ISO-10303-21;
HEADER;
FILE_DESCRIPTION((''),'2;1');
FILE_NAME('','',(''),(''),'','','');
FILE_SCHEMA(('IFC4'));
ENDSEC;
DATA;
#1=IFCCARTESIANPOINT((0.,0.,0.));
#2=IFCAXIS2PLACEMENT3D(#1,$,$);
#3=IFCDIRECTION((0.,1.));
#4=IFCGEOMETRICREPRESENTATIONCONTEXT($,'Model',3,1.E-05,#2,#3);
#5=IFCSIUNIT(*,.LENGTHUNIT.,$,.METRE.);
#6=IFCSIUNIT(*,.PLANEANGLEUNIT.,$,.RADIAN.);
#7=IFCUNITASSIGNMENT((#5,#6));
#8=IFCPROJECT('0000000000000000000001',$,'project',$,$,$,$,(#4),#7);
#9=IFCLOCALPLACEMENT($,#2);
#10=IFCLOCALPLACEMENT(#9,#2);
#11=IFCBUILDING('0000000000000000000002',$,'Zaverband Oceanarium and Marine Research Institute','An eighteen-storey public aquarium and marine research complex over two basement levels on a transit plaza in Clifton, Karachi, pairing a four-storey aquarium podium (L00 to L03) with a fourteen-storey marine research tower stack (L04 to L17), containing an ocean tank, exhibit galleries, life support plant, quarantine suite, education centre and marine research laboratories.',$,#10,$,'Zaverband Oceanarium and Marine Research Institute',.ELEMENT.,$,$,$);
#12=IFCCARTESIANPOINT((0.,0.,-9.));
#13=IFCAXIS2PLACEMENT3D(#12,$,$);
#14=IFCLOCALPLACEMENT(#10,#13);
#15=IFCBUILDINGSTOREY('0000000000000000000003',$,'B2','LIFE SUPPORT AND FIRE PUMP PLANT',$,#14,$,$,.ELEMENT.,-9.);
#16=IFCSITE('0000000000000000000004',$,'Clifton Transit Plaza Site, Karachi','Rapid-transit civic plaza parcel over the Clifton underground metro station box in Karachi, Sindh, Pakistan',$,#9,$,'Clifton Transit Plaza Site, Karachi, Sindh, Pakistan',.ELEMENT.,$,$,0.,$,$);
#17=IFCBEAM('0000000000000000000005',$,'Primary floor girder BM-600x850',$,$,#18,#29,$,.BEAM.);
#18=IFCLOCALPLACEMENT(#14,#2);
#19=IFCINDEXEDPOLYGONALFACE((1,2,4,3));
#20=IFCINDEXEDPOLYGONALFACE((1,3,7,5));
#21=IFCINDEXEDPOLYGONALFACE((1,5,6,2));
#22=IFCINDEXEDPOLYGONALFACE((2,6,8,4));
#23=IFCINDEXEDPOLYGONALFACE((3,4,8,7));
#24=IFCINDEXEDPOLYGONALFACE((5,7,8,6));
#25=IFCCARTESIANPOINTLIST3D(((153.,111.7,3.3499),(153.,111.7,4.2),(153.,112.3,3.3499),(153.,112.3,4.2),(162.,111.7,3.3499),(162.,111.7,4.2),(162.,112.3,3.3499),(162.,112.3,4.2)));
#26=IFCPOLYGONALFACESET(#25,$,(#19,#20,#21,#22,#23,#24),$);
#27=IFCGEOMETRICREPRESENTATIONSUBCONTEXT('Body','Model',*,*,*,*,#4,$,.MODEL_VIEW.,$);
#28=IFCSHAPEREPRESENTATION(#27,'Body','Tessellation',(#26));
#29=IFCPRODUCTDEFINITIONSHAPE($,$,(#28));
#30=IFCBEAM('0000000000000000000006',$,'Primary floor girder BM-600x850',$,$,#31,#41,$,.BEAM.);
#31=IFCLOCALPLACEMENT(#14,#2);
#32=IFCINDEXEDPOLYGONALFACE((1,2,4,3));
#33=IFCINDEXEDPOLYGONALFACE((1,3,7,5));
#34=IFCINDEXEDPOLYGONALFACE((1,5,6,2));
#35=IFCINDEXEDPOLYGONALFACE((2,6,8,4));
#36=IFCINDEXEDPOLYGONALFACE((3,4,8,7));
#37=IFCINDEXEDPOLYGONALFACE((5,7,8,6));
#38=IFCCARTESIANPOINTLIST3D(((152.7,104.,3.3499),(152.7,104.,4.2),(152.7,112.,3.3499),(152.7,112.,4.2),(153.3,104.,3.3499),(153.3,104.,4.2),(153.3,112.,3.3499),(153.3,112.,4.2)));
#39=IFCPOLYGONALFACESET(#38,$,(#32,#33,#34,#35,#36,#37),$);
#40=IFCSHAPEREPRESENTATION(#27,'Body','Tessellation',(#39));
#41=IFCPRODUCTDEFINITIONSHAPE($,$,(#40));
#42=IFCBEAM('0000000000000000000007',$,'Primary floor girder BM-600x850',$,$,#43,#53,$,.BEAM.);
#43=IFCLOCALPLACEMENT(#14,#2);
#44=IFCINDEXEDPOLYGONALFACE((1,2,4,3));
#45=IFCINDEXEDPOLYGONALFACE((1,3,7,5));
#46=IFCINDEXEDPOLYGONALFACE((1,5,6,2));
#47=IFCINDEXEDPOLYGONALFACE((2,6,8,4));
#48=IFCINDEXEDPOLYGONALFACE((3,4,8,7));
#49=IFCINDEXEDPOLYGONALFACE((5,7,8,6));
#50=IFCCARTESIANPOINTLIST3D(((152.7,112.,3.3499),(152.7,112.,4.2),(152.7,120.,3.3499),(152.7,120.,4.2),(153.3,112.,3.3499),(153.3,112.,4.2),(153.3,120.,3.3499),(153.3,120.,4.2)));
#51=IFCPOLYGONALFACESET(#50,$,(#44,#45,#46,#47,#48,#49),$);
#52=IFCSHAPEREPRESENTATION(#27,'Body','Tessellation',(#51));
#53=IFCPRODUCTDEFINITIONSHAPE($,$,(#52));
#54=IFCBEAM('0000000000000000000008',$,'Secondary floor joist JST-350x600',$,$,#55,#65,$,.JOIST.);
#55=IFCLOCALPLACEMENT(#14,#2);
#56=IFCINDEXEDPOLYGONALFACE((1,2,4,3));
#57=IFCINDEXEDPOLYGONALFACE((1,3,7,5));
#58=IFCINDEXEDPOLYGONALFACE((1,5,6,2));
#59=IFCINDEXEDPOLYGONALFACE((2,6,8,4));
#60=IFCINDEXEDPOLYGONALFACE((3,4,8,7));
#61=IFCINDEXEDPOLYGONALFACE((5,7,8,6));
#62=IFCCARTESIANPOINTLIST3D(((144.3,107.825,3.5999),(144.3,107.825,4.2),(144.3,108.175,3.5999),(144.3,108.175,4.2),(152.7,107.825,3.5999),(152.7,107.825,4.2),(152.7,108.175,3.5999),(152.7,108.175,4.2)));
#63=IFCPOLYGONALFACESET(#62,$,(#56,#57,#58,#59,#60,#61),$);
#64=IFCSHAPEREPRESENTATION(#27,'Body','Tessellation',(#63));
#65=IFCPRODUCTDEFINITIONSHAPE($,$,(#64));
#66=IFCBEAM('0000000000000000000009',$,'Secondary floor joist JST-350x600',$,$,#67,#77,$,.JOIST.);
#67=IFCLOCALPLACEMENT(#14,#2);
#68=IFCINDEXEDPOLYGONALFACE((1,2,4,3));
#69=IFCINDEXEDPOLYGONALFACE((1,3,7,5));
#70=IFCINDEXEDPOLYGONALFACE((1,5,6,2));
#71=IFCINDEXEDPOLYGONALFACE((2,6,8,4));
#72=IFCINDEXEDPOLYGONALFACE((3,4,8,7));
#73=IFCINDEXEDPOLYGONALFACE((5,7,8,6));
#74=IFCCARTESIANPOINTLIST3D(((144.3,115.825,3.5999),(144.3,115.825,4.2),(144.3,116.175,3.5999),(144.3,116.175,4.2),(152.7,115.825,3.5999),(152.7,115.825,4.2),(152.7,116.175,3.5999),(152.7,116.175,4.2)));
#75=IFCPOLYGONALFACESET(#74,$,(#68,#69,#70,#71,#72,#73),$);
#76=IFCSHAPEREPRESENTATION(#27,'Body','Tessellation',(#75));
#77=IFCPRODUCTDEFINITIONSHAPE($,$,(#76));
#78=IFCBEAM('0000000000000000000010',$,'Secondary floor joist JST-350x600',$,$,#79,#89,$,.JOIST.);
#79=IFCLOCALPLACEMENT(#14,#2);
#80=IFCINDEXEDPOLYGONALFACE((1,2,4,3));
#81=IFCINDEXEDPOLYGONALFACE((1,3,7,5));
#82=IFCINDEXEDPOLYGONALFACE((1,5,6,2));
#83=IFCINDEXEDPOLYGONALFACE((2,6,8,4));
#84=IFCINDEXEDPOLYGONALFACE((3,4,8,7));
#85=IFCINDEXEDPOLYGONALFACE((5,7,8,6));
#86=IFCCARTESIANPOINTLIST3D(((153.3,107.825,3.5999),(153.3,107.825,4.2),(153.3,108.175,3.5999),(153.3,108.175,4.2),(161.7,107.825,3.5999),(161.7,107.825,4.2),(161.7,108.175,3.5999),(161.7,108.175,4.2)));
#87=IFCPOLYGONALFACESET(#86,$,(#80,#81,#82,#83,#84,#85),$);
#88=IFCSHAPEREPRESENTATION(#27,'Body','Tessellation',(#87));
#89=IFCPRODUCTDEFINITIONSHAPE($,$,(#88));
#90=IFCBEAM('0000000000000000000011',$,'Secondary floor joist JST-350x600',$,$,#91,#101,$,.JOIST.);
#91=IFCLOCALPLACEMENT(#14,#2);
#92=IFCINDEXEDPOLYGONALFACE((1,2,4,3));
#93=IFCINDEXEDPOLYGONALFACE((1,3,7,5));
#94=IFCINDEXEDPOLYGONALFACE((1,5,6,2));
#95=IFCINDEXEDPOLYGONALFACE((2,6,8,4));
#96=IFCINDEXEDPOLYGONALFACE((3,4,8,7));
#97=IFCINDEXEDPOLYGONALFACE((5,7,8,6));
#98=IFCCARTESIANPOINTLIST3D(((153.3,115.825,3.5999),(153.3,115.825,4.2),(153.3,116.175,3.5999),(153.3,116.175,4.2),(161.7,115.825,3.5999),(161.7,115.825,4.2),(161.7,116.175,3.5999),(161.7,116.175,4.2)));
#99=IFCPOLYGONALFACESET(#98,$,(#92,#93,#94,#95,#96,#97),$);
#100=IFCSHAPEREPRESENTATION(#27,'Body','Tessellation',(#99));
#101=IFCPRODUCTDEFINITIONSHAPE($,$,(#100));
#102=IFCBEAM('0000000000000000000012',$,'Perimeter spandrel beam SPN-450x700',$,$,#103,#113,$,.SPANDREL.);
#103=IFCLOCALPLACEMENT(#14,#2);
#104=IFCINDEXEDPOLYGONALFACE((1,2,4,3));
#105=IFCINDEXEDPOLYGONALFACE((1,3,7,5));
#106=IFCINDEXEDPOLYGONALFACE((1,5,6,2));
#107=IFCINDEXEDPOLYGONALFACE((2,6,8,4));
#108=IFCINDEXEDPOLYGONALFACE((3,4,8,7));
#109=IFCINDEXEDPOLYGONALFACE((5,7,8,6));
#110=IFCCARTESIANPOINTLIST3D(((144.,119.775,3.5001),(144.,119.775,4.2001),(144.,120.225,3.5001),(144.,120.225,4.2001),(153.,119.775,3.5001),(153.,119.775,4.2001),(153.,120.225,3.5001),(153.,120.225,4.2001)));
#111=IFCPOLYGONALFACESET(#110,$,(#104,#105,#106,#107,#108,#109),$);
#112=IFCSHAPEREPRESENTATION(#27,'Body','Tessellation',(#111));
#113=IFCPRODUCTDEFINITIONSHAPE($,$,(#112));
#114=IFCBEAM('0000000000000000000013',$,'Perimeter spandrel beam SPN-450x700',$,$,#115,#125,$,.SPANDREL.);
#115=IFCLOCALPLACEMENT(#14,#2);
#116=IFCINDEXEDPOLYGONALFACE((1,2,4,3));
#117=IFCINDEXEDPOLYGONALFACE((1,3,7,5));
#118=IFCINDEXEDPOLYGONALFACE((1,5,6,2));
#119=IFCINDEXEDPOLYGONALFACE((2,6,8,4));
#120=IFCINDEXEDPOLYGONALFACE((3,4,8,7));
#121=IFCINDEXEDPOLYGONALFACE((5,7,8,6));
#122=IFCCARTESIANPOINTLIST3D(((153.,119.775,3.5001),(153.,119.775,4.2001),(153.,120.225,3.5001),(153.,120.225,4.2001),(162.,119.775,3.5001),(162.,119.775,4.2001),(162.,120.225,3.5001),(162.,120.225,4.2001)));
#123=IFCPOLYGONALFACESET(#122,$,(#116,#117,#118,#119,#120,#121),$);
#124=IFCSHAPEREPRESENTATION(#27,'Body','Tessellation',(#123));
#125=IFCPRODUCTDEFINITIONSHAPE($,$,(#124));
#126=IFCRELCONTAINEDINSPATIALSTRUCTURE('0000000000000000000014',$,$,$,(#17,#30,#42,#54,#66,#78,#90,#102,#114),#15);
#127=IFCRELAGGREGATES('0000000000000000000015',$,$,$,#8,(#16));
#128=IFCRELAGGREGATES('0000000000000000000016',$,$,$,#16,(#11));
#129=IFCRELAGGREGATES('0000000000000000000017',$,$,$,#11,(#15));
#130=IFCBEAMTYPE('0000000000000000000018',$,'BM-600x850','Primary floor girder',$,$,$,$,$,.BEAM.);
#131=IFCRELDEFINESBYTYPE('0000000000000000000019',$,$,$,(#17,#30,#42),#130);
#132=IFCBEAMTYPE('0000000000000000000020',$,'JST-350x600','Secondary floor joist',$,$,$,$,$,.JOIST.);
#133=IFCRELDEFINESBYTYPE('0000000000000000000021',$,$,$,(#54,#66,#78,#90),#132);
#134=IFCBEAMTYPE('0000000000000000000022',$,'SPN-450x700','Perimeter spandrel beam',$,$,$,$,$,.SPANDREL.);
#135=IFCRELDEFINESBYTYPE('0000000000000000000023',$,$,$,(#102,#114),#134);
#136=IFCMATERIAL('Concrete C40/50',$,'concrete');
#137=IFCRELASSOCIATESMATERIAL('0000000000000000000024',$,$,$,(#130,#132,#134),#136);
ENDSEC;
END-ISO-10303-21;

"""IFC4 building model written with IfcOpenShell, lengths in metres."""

from ifc_helpers import new_model, si_unit, direction, frame, origin, origin_2d, place, context, subcontext, project, spatial, rectangle, extrude, material, material_profile, profile_set, type_object, element, save


model = new_model("IFC4")

# Units and contexts
model_context = context("Model", 3, precision=1e-05, world=origin(), true_north=direction((0.0, 1.0)))
body_context = subcontext(model_context, "Body", "Model", "MODEL_VIEW")
ifc_project = project(units=[si_unit("LENGTHUNIT", "METRE"), si_unit("PLANEANGLEUNIT", "RADIAN")], contexts=[model_context])

# Site, building, storey
site_placement = place(None, origin())
site = spatial("IfcSite", under=ifc_project, at=site_placement, Name="Clifton Transit Plaza Site, Karachi", Description="Rapid-transit civic plaza parcel over the Clifton underground metro station box in Karachi, Sindh, Pakistan", LongName="Clifton Transit Plaza Site, Karachi, Sindh, Pakistan", CompositionType="ELEMENT", RefElevation=0.0)
building_placement = place(site_placement, origin())
building = spatial("IfcBuilding", under=site, at=building_placement, Name="Zaverband Oceanarium and Marine Research Institute", Description="An eighteen-storey public aquarium and marine research complex over two basement levels on a transit plaza in Clifton, Karachi, pairing a four-storey aquarium podium (L00 to L03) with a fourteen-storey marine research tower stack (L04 to L17), containing an ocean tank, exhibit galleries, life support plant, quarantine suite, education centre and marine research laboratories.", LongName="Zaverband Oceanarium and Marine Research Institute", CompositionType="ELEMENT")
storey_placement = place(building_placement, frame((0.0, 0.0, -9.0)))
storey = spatial("IfcBuildingStorey", under=building, at=storey_placement, Name="B2", Description="LIFE SUPPORT AND FIRE PUMP PLANT", CompositionType="ELEMENT", Elevation=-9.0)

# Beams
ifc_material_1 = material(Name="Concrete C40/50", Category="concrete")
ifc_material_profile_1 = material_profile(ifc_material_1, rectangle(XDim=0.6001, YDim=0.8501, at=origin_2d()), Name="RC600x850")
ifc_profile_set_1 = profile_set([ifc_material_profile_1], Name="Concrete C40/50")
beam_type_1 = type_object("IfcBeamType", Name="BM-600x850", Description="Primary floor girder", PredefinedType="BEAM", material=ifc_profile_set_1)
for number, where, z_axis, x_axis, name in (
    (1, (153.0, 112.0, 3.7749), (1.0, 0.0, 0.0), (0.0, 1.0, 0.0), "Primary floor girder BM-600x850"),
):
    element("IfcBeam", number, at=place(storey_placement, frame(where, z_axis=z_axis, x_axis=x_axis)), inside=storey, type_object=beam_type_1, Name=name, PredefinedType="BEAM", context=body_context, shape_type="SweptSolid", body=[
        extrude(rectangle(XDim=0.6001, YDim=0.8501, at=origin_2d()), origin(), (0.0, 0.0, 1.0), 9.0),
    ])
for number, where, z_axis, x_axis, name in (
    (2, (153.0, 104.0, 3.7749), (0.0, 1.0, 0.0), (-1.0, 0.0, 0.0), "Primary floor girder BM-600x850"),
    (3, (153.0, 112.0, 3.7749), (0.0, 1.0, 0.0), (-1.0, 0.0, 0.0), "Primary floor girder BM-600x850"),
):
    element("IfcBeam", number, at=place(storey_placement, frame(where, z_axis=z_axis, x_axis=x_axis)), inside=storey, type_object=beam_type_1, Name=name, PredefinedType="BEAM", context=body_context, shape_type="SweptSolid", body=[
        extrude(rectangle(XDim=0.6001, YDim=0.8501, at=origin_2d()), origin(), (0.0, 0.0, 1.0), 8.0),
    ])
ifc_material_profile_2 = material_profile(ifc_material_1, rectangle(XDim=0.3501, YDim=0.6001, at=origin_2d()), Name="RC350x600")
ifc_profile_set_2 = profile_set([ifc_material_profile_2], Name="Concrete C40/50")
beam_type_2 = type_object("IfcBeamType", Name="JST-350x600", Description="Secondary floor joist", PredefinedType="JOIST", material=ifc_profile_set_2)
for number, where, z_axis, x_axis, name in (
    (4, (144.3, 108.0, 3.8999), (1.0, 0.0, 0.0), (0.0, 1.0, 0.0), "Secondary floor joist JST-350x600"),
    (5, (144.3, 116.0, 3.8999), (1.0, 0.0, 0.0), (0.0, 1.0, 0.0), "Secondary floor joist JST-350x600"),
    (6, (153.3, 108.0, 3.8999), (1.0, 0.0, 0.0), (0.0, 1.0, 0.0), "Secondary floor joist JST-350x600"),
    (7, (153.3, 116.0, 3.8999), (1.0, 0.0, 0.0), (0.0, 1.0, 0.0), "Secondary floor joist JST-350x600"),
):
    element("IfcBeam", number, at=place(storey_placement, frame(where, z_axis=z_axis, x_axis=x_axis)), inside=storey, type_object=beam_type_2, Name=name, PredefinedType="JOIST", context=body_context, shape_type="SweptSolid", body=[
        extrude(rectangle(XDim=0.3501, YDim=0.6001, at=origin_2d()), origin(), (0.0, 0.0, 1.0), 8.3999),
    ])
ifc_material_profile_3 = material_profile(ifc_material_1, rectangle(XDim=0.45, YDim=0.7, at=origin_2d()), Name="RC450x700")
ifc_profile_set_3 = profile_set([ifc_material_profile_3], Name="Concrete C40/50")
beam_type_3 = type_object("IfcBeamType", Name="SPN-450x700", Description="Perimeter spandrel beam", PredefinedType="SPANDREL", material=ifc_profile_set_3)
for number, where, z_axis, x_axis, name in (
    (8, (144.0, 120.0, 3.8501), (1.0, 0.0, 0.0), (0.0, 1.0, 0.0), "Perimeter spandrel beam SPN-450x700"),
    (9, (153.0, 120.0, 3.8501), (1.0, 0.0, 0.0), (0.0, 1.0, 0.0), "Perimeter spandrel beam SPN-450x700"),
):
    element("IfcBeam", number, at=place(storey_placement, frame(where, z_axis=z_axis, x_axis=x_axis)), inside=storey, type_object=beam_type_3, Name=name, PredefinedType="SPANDREL", context=body_context, shape_type="SweptSolid", body=[
        extrude(rectangle(XDim=0.45, YDim=0.7, at=origin_2d()), origin(), (0.0, 0.0, 1.0), 9.0),
    ])

save(model, "model.ifc")
